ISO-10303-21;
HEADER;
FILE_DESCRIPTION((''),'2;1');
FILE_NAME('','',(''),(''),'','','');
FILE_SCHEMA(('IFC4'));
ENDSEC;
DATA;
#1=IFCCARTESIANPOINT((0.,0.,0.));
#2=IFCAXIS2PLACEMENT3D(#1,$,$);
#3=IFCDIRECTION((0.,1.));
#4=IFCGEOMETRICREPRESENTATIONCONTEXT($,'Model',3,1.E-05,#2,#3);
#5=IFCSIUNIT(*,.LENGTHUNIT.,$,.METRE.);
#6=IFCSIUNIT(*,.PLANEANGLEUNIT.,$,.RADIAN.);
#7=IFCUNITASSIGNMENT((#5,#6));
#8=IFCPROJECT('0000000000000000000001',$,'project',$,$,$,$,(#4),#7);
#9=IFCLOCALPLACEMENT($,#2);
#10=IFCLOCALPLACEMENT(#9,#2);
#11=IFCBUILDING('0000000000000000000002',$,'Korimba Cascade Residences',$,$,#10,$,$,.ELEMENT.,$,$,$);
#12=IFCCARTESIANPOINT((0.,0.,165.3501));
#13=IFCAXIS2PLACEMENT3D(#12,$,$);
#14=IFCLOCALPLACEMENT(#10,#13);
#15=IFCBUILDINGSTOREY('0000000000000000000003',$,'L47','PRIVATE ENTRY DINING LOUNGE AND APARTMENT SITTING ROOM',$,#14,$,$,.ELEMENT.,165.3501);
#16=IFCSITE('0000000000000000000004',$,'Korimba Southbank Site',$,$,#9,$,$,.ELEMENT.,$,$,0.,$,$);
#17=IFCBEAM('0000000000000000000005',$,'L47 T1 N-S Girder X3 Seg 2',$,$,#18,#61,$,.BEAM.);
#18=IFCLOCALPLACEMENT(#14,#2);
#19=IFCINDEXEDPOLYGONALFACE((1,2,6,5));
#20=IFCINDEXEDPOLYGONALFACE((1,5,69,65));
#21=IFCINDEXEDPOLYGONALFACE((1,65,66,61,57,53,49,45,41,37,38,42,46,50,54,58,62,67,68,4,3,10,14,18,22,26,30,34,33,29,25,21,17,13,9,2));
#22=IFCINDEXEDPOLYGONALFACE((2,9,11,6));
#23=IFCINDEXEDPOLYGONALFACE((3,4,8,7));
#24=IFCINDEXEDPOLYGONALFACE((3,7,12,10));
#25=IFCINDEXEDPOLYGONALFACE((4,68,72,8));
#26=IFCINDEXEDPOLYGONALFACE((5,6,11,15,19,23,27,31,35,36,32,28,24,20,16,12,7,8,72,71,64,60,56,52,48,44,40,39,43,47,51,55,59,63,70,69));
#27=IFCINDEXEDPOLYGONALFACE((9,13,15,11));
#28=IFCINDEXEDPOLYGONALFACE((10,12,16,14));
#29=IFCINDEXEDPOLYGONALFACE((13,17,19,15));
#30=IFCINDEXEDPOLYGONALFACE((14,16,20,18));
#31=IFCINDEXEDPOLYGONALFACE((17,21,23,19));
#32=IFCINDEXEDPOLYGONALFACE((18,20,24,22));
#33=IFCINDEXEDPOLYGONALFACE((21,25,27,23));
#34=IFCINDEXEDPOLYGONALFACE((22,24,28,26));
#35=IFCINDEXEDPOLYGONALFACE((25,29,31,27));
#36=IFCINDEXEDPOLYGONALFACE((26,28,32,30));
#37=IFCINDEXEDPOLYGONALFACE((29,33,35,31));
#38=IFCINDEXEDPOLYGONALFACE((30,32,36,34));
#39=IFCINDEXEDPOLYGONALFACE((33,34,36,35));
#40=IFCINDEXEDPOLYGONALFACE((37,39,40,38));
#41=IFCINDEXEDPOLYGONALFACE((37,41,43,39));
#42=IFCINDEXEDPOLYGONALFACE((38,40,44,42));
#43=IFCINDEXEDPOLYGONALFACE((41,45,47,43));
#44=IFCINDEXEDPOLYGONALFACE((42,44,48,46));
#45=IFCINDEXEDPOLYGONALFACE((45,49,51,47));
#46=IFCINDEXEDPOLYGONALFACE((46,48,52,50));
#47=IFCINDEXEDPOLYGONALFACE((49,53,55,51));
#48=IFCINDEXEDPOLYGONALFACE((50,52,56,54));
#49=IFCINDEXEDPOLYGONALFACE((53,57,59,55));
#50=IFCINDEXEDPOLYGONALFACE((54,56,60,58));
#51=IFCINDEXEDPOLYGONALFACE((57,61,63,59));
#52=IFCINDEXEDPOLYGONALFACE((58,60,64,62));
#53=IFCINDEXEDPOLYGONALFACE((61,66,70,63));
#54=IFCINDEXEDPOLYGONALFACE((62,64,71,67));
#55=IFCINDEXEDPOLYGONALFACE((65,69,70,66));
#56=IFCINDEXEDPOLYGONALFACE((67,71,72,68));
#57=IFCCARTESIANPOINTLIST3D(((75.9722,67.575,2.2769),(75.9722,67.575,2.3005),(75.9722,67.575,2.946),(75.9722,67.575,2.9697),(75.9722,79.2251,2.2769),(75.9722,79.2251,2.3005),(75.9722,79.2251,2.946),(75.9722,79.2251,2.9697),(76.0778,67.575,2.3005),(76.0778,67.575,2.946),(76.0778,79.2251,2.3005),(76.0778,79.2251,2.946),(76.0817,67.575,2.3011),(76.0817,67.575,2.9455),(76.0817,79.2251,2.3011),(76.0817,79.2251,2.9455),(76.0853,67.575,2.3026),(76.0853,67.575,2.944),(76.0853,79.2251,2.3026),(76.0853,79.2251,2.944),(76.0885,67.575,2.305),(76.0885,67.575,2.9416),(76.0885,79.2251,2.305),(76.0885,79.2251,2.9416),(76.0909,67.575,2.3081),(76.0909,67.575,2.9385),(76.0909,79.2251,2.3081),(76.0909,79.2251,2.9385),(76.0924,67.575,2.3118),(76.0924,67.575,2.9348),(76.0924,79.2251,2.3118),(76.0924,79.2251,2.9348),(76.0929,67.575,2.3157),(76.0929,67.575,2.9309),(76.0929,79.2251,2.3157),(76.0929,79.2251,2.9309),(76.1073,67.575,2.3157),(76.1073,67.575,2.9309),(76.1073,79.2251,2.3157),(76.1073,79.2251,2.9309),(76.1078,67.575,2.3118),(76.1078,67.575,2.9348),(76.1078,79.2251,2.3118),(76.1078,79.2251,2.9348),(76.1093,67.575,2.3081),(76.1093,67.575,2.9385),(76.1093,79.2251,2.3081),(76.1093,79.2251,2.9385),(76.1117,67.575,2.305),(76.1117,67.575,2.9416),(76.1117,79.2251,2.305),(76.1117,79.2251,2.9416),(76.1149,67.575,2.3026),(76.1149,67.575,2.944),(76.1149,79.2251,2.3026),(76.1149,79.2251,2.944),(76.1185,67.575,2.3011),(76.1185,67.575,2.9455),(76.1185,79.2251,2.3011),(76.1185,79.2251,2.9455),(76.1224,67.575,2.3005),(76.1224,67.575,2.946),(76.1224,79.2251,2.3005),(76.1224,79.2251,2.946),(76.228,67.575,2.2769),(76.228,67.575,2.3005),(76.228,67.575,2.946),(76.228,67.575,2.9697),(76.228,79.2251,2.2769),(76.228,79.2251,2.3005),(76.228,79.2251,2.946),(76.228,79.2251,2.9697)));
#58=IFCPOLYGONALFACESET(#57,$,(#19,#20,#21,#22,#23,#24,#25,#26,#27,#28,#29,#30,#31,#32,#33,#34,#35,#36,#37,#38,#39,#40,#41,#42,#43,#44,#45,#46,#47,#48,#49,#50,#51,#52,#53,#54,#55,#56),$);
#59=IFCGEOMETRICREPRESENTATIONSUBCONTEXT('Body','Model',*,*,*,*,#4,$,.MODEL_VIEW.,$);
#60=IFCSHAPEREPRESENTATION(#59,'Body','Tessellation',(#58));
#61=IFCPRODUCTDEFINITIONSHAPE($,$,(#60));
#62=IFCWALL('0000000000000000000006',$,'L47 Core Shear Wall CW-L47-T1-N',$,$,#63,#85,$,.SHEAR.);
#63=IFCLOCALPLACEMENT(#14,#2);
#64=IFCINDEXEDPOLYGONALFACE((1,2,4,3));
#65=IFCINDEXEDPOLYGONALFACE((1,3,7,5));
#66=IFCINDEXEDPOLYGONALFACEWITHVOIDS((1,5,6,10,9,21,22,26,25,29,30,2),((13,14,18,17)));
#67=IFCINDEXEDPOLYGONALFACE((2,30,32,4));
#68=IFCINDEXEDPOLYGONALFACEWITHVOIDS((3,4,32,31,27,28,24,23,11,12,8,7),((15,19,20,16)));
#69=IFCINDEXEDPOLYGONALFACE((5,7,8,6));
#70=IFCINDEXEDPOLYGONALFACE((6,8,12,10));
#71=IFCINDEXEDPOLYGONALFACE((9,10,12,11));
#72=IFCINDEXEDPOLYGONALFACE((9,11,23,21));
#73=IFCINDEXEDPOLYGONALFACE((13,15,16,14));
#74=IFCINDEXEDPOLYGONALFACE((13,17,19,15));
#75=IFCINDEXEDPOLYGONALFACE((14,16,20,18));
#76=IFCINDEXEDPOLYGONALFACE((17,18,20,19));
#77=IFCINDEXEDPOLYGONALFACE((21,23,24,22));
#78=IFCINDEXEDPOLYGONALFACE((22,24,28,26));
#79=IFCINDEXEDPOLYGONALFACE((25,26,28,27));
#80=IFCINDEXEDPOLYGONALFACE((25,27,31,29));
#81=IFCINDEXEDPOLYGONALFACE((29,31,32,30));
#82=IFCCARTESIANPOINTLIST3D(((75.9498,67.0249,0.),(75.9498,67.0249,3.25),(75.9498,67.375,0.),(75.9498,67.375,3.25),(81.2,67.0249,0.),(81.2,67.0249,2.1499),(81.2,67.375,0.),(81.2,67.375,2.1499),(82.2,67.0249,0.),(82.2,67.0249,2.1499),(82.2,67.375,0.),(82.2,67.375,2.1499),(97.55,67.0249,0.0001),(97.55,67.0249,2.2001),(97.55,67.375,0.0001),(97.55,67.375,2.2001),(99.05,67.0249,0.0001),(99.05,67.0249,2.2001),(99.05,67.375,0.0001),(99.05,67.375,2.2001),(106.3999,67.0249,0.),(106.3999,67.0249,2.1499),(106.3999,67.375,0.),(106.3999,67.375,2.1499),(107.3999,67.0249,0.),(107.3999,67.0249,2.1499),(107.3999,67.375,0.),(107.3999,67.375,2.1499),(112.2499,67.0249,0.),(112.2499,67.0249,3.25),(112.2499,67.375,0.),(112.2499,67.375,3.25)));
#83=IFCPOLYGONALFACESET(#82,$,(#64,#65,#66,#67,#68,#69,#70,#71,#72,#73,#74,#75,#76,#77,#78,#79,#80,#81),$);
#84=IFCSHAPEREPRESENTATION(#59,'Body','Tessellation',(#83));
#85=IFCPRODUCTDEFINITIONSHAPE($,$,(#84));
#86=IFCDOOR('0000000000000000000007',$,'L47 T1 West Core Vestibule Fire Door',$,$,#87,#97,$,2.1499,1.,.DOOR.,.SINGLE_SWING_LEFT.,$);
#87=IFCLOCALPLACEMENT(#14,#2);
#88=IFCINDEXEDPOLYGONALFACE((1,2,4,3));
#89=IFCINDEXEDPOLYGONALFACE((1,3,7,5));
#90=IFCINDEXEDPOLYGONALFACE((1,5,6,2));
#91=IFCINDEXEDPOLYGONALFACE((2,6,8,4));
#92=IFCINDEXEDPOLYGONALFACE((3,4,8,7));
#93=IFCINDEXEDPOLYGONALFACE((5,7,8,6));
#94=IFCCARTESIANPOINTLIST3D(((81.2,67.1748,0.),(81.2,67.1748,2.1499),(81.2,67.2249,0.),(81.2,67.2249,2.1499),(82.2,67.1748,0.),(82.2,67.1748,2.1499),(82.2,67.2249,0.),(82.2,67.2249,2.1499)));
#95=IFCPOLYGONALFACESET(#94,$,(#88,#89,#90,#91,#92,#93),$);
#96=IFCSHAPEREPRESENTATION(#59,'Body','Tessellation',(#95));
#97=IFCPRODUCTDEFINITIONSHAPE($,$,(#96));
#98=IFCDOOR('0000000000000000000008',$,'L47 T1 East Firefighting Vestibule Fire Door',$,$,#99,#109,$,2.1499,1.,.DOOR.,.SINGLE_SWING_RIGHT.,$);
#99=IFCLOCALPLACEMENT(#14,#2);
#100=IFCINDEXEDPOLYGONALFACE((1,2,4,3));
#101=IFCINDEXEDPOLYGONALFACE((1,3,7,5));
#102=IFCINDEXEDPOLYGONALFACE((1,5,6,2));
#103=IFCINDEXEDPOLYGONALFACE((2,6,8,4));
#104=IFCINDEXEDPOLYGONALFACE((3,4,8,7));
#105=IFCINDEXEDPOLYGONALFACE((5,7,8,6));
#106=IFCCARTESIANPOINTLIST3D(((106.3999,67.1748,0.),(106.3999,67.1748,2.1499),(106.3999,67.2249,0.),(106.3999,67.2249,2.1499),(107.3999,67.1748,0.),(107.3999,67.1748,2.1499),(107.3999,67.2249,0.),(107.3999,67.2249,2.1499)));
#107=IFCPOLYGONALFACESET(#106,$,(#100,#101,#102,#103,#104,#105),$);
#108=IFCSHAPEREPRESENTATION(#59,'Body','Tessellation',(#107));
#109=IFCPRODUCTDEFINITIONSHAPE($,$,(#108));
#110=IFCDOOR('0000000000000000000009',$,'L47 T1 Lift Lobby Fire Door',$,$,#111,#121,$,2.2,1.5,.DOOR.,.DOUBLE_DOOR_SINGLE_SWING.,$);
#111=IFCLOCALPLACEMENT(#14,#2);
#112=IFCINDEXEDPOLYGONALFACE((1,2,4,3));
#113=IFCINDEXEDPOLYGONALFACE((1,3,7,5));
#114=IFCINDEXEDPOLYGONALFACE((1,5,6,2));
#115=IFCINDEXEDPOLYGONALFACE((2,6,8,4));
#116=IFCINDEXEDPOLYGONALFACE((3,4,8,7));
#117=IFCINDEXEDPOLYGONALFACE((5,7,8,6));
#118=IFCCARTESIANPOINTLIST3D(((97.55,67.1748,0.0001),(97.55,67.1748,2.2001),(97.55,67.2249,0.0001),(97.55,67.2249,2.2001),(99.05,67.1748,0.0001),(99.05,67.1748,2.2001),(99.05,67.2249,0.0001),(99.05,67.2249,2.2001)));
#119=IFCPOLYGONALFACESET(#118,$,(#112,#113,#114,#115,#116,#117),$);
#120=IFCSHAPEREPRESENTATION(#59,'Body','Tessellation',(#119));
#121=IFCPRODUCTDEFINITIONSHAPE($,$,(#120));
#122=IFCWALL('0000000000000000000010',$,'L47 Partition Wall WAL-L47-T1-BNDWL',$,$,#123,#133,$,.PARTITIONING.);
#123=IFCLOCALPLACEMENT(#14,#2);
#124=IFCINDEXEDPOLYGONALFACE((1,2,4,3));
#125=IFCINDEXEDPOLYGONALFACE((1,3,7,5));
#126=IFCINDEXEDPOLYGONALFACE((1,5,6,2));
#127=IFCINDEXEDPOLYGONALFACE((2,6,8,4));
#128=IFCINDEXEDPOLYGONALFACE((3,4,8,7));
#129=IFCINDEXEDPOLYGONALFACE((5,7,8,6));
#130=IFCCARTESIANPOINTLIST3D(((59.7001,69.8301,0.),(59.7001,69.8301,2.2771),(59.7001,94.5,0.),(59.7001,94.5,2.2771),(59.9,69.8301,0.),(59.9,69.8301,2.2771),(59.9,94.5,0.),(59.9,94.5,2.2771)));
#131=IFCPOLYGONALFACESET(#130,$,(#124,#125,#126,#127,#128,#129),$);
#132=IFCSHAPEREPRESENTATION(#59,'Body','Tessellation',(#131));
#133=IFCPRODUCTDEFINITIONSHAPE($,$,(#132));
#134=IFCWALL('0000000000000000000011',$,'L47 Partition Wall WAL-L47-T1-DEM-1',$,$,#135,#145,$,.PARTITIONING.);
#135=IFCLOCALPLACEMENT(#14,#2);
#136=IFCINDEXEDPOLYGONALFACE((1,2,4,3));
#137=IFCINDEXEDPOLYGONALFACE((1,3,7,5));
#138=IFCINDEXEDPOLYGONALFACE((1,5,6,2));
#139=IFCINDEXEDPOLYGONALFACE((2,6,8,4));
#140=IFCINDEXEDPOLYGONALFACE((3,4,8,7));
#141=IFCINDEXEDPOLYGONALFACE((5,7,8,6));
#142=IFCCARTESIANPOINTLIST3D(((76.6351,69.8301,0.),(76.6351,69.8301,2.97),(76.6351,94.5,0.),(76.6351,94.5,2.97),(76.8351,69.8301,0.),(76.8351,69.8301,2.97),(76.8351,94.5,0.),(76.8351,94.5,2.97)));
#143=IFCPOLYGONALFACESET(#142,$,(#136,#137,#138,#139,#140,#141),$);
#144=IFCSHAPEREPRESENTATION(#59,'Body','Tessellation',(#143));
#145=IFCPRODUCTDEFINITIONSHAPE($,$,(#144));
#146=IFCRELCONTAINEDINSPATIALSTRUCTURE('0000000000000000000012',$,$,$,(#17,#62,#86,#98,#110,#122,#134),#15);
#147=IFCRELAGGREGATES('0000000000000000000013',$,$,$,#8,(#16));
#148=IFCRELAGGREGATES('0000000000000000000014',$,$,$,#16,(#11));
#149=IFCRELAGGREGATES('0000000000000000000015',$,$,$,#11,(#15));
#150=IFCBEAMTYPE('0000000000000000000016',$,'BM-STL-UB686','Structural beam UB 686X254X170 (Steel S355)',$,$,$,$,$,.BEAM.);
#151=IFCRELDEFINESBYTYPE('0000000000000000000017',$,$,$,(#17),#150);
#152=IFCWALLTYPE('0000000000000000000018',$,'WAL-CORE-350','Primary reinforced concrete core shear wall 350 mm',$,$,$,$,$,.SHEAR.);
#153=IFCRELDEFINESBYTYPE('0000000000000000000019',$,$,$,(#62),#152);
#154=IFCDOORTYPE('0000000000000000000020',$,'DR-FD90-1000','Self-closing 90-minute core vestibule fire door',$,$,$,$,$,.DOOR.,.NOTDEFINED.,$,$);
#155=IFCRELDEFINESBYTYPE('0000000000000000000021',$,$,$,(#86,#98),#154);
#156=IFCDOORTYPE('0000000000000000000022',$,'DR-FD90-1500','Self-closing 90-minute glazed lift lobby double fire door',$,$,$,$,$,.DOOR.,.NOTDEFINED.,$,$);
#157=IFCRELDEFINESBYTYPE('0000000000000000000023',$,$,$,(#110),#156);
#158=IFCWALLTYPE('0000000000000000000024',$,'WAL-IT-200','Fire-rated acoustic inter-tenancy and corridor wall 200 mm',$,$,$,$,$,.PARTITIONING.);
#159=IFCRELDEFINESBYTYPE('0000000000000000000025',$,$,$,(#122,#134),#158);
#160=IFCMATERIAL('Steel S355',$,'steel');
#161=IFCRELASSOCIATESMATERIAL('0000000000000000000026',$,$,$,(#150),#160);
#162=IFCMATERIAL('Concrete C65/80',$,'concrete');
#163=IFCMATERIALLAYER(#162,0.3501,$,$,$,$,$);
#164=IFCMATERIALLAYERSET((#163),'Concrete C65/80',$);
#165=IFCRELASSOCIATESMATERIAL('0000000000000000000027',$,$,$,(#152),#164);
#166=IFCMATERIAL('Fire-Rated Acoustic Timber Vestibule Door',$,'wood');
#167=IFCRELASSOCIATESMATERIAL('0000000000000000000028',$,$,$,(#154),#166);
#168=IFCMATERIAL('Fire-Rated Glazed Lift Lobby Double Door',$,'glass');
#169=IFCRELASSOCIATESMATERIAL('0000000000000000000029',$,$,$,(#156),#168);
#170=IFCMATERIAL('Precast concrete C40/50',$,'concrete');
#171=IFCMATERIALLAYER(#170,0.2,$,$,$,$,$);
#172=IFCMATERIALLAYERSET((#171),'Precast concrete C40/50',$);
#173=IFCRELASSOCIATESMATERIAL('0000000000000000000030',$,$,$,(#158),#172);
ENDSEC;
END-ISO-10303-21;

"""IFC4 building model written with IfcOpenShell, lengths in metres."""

from ifc_helpers import new_model, si_unit, direction, frame, frame_2d, origin, origin_2d, place, context, subcontext, project, spatial, rectangle, i_section, extrude, material, layer, layer_set, material_profile, profile_set, type_object, element, fill, save


model = new_model("IFC4")

# Units and contexts
model_context = context("Model", 3, precision=1e-05, world=origin(), true_north=direction((0.0, 1.0)))
body_context = subcontext(model_context, "Body", "Model", "MODEL_VIEW")
ifc_project = project(units=[si_unit("LENGTHUNIT", "METRE"), si_unit("PLANEANGLEUNIT", "RADIAN")], contexts=[model_context])

# Site, building, storey
site_placement = place(None, origin())
site = spatial("IfcSite", under=ifc_project, at=site_placement, Name="Korimba Southbank Site", CompositionType="ELEMENT", RefElevation=0.0)
building_placement = place(site_placement, origin())
building = spatial("IfcBuilding", under=site, at=building_placement, Name="Korimba Cascade Residences", CompositionType="ELEMENT")
storey_placement = place(building_placement, frame((0.0, 0.0, 165.3501)))
storey = spatial("IfcBuildingStorey", under=building, at=storey_placement, Name="L47", Description="PRIVATE ENTRY DINING LOUNGE AND APARTMENT SITTING ROOM", CompositionType="ELEMENT", Elevation=165.3501)

# Shared definitions
ifc_material_1 = material(Name="Concrete C65/80", Category="concrete")

# Beam
ifc_material_2 = material(Name="Steel S355", Category="steel")
ifc_material_profile_1 = material_profile(ifc_material_2, i_section(OverallWidth=0.2559, OverallDepth=0.6929, WebThickness=0.0144, FlangeThickness=0.0237, FilletRadius=0.0151, at=origin_2d()), Name="Steel S355")
ifc_profile_set_1 = profile_set([ifc_material_profile_1], Name="Steel S355")
beam_type_1 = type_object("IfcBeamType", Name="BM-STL-UB686", Description="Structural beam UB 686X254X170 (Steel S355)", PredefinedType="BEAM", material=ifc_profile_set_1)
for number, where, z_axis, x_axis, name in (
    (1, (76.1001, 67.575, 2.6233), (0.0, 1.0, 0.0), (-1.0, 0.0, 0.0), "L47 T1 N-S Girder X3 Seg 2"),
):
    element("IfcBeam", number, at=place(storey_placement, frame(where, z_axis=z_axis, x_axis=x_axis)), inside=storey, type_object=beam_type_1, Name=name, PredefinedType="BEAM", context=body_context, shape_type="SweptSolid", body=[
        extrude(i_section(OverallWidth=0.2559, OverallDepth=0.6929, WebThickness=0.0144, FlangeThickness=0.0237, FilletRadius=0.0151, at=origin_2d()), origin(), (0.0, 0.0, 1.0), 11.6501),
    ])

# Wall, openings, doors
ifc_layer_1 = layer(ifc_material_1, 0.3501)
ifc_layer_set_1 = layer_set([ifc_layer_1], Name="Concrete C65/80")
wall_type_1 = type_object("IfcWallType", Name="WAL-CORE-350", Description="Primary reinforced concrete core shear wall 350 mm", PredefinedType="SHEAR", material=ifc_layer_set_1)
wall_1_placement = place(storey_placement, frame((75.95, 67.2, 0.0), z_axis=(0.0, 0.0, 1.0), x_axis=(1.0, 0.0, 0.0)))
wall_1 = element("IfcWall", 2, at=wall_1_placement, inside=storey, type_object=wall_type_1, Name="L47 Core Shear Wall CW-L47-T1-N", PredefinedType="SHEAR", context=body_context, shape_type="SweptSolid", body=[
    extrude(rectangle(XDim=36.3, YDim=0.3501, at=frame_2d((18.1499, 0.0))), origin(), (0.0, 0.0, 1.0), 3.25),
])
opening_1_placement = place(wall_1_placement, frame((5.25, 0.0, 0.0)))
opening_1 = element("IfcOpeningElement", 3, at=opening_1_placement, cuts=wall_1, PredefinedType="OPENING", context=body_context, shape_type="SweptSolid", body=[
    extrude(rectangle(XDim=1.0, YDim=2.1499, at=frame_2d((0.5, 1.075))), frame((0.0, 0.1851, 0.0), z_axis=(0.0, -1.0, 0.0), x_axis=(1.0, 0.0, 0.0)), (0.0, 0.0, 1.0), 0.3701),
])
opening_2_placement = place(wall_1_placement, frame((21.6001, 0.0, 0.0)))
opening_2 = element("IfcOpeningElement", 4, at=opening_2_placement, cuts=wall_1, PredefinedType="OPENING", context=body_context, shape_type="SweptSolid", body=[
    extrude(rectangle(XDim=1.5, YDim=2.2, at=frame_2d((0.75, 1.1001))), frame((0.0, 0.1851, 0.0), z_axis=(0.0, -1.0, 0.0), x_axis=(1.0, 0.0, 0.0)), (0.0, 0.0, 1.0), 0.3701),
])
opening_3_placement = place(wall_1_placement, frame((30.45, 0.0, 0.0)))
opening_3 = element("IfcOpeningElement", 5, at=opening_3_placement, cuts=wall_1, PredefinedType="OPENING", context=body_context, shape_type="SweptSolid", body=[
    extrude(rectangle(XDim=1.0, YDim=2.1499, at=frame_2d((0.5, 1.075))), frame((0.0, 0.1851, 0.0), z_axis=(0.0, -1.0, 0.0), x_axis=(1.0, 0.0, 0.0)), (0.0, 0.0, 1.0), 0.3701),
])
ifc_material_3 = material(Name="Fire-Rated Acoustic Timber Vestibule Door", Category="wood")
door_type_1 = type_object("IfcDoorType", Name="DR-FD90-1000", Description="Self-closing 90-minute core vestibule fire door", OperationType="NOTDEFINED", PredefinedType="DOOR", material=ifc_material_3)
door_1_placement = place(opening_1_placement, origin())
door_1 = element("IfcDoor", 6, at=door_1_placement, inside=storey, type_object=door_type_1, Name="L47 T1 West Core Vestibule Fire Door", OperationType="SINGLE_SWING_LEFT", OverallHeight=2.1499, OverallWidth=1.0, PredefinedType="DOOR", context=body_context, shape_type="SweptSolid", body=[
    extrude(rectangle(XDim=1.0, YDim=2.1499, at=frame_2d((0.5, 1.075))), frame((0.0, 0.0249, 0.0), z_axis=(0.0, -1.0, 0.0), x_axis=(1.0, 0.0, 0.0)), (0.0, 0.0, 1.0), 0.05),
])
fill(opening_1, door_1)
door_2_placement = place(opening_3_placement, origin())
door_2 = element("IfcDoor", 7, at=door_2_placement, inside=storey, type_object=door_type_1, Name="L47 T1 East Firefighting Vestibule Fire Door", OperationType="SINGLE_SWING_RIGHT", OverallHeight=2.1499, OverallWidth=1.0, PredefinedType="DOOR", context=body_context, shape_type="SweptSolid", body=[
    extrude(rectangle(XDim=1.0, YDim=2.1499, at=frame_2d((0.5, 1.075))), frame((0.0, 0.0249, 0.0), z_axis=(0.0, -1.0, 0.0), x_axis=(1.0, 0.0, 0.0)), (0.0, 0.0, 1.0), 0.05),
])
fill(opening_3, door_2)
ifc_material_4 = material(Name="Fire-Rated Glazed Lift Lobby Double Door", Category="glass")
door_type_2 = type_object("IfcDoorType", Name="DR-FD90-1500", Description="Self-closing 90-minute glazed lift lobby double fire door", OperationType="NOTDEFINED", PredefinedType="DOOR", material=ifc_material_4)
door_3_placement = place(opening_2_placement, origin())
door_3 = element("IfcDoor", 8, at=door_3_placement, inside=storey, type_object=door_type_2, Name="L47 T1 Lift Lobby Fire Door", OperationType="DOUBLE_DOOR_SINGLE_SWING", OverallHeight=2.2, OverallWidth=1.5, PredefinedType="DOOR", context=body_context, shape_type="SweptSolid", body=[
    extrude(rectangle(XDim=1.5, YDim=2.2, at=frame_2d((0.75, 1.1001))), frame((0.0, 0.0249, 0.0), z_axis=(0.0, -1.0, 0.0), x_axis=(1.0, 0.0, 0.0)), (0.0, 0.0, 1.0), 0.05),
])
fill(opening_2, door_3)

# Walls
ifc_material_5 = material(Name="Precast concrete C40/50", Category="concrete")
ifc_layer_2 = layer(ifc_material_5, 0.2)
ifc_layer_set_2 = layer_set([ifc_layer_2], Name="Precast concrete C40/50")
wall_type_2 = type_object("IfcWallType", Name="WAL-IT-200", Description="Fire-rated acoustic inter-tenancy and corridor wall 200 mm", PredefinedType="PARTITIONING", material=ifc_layer_set_2)
wall_2_placement = place(storey_placement, frame((59.8, 69.8301, 0.0), z_axis=(0.0, 0.0, 1.0), x_axis=(0.0, 1.0, 0.0)))
element("IfcWall", 9, at=wall_2_placement, inside=storey, type_object=wall_type_2, Name="L47 Partition Wall WAL-L47-T1-BNDWL", PredefinedType="PARTITIONING", context=body_context, shape_type="SweptSolid", body=[
    extrude(rectangle(XDim=24.6699, YDim=0.2, at=frame_2d((12.335, 0.0))), origin(), (0.0, 0.0, 1.0), 2.2771),
])
wall_3_placement = place(storey_placement, frame((76.7351, 69.8301, 0.0), z_axis=(0.0, 0.0, 1.0), x_axis=(0.0, 1.0, 0.0)))
element("IfcWall", 10, at=wall_3_placement, inside=storey, type_object=wall_type_2, Name="L47 Partition Wall WAL-L47-T1-DEM-1", PredefinedType="PARTITIONING", context=body_context, shape_type="SweptSolid", body=[
    extrude(rectangle(XDim=24.6699, YDim=0.2, at=frame_2d((12.335, 0.0))), origin(), (0.0, 0.0, 1.0), 2.97),
])

save(model, "model.ifc")
